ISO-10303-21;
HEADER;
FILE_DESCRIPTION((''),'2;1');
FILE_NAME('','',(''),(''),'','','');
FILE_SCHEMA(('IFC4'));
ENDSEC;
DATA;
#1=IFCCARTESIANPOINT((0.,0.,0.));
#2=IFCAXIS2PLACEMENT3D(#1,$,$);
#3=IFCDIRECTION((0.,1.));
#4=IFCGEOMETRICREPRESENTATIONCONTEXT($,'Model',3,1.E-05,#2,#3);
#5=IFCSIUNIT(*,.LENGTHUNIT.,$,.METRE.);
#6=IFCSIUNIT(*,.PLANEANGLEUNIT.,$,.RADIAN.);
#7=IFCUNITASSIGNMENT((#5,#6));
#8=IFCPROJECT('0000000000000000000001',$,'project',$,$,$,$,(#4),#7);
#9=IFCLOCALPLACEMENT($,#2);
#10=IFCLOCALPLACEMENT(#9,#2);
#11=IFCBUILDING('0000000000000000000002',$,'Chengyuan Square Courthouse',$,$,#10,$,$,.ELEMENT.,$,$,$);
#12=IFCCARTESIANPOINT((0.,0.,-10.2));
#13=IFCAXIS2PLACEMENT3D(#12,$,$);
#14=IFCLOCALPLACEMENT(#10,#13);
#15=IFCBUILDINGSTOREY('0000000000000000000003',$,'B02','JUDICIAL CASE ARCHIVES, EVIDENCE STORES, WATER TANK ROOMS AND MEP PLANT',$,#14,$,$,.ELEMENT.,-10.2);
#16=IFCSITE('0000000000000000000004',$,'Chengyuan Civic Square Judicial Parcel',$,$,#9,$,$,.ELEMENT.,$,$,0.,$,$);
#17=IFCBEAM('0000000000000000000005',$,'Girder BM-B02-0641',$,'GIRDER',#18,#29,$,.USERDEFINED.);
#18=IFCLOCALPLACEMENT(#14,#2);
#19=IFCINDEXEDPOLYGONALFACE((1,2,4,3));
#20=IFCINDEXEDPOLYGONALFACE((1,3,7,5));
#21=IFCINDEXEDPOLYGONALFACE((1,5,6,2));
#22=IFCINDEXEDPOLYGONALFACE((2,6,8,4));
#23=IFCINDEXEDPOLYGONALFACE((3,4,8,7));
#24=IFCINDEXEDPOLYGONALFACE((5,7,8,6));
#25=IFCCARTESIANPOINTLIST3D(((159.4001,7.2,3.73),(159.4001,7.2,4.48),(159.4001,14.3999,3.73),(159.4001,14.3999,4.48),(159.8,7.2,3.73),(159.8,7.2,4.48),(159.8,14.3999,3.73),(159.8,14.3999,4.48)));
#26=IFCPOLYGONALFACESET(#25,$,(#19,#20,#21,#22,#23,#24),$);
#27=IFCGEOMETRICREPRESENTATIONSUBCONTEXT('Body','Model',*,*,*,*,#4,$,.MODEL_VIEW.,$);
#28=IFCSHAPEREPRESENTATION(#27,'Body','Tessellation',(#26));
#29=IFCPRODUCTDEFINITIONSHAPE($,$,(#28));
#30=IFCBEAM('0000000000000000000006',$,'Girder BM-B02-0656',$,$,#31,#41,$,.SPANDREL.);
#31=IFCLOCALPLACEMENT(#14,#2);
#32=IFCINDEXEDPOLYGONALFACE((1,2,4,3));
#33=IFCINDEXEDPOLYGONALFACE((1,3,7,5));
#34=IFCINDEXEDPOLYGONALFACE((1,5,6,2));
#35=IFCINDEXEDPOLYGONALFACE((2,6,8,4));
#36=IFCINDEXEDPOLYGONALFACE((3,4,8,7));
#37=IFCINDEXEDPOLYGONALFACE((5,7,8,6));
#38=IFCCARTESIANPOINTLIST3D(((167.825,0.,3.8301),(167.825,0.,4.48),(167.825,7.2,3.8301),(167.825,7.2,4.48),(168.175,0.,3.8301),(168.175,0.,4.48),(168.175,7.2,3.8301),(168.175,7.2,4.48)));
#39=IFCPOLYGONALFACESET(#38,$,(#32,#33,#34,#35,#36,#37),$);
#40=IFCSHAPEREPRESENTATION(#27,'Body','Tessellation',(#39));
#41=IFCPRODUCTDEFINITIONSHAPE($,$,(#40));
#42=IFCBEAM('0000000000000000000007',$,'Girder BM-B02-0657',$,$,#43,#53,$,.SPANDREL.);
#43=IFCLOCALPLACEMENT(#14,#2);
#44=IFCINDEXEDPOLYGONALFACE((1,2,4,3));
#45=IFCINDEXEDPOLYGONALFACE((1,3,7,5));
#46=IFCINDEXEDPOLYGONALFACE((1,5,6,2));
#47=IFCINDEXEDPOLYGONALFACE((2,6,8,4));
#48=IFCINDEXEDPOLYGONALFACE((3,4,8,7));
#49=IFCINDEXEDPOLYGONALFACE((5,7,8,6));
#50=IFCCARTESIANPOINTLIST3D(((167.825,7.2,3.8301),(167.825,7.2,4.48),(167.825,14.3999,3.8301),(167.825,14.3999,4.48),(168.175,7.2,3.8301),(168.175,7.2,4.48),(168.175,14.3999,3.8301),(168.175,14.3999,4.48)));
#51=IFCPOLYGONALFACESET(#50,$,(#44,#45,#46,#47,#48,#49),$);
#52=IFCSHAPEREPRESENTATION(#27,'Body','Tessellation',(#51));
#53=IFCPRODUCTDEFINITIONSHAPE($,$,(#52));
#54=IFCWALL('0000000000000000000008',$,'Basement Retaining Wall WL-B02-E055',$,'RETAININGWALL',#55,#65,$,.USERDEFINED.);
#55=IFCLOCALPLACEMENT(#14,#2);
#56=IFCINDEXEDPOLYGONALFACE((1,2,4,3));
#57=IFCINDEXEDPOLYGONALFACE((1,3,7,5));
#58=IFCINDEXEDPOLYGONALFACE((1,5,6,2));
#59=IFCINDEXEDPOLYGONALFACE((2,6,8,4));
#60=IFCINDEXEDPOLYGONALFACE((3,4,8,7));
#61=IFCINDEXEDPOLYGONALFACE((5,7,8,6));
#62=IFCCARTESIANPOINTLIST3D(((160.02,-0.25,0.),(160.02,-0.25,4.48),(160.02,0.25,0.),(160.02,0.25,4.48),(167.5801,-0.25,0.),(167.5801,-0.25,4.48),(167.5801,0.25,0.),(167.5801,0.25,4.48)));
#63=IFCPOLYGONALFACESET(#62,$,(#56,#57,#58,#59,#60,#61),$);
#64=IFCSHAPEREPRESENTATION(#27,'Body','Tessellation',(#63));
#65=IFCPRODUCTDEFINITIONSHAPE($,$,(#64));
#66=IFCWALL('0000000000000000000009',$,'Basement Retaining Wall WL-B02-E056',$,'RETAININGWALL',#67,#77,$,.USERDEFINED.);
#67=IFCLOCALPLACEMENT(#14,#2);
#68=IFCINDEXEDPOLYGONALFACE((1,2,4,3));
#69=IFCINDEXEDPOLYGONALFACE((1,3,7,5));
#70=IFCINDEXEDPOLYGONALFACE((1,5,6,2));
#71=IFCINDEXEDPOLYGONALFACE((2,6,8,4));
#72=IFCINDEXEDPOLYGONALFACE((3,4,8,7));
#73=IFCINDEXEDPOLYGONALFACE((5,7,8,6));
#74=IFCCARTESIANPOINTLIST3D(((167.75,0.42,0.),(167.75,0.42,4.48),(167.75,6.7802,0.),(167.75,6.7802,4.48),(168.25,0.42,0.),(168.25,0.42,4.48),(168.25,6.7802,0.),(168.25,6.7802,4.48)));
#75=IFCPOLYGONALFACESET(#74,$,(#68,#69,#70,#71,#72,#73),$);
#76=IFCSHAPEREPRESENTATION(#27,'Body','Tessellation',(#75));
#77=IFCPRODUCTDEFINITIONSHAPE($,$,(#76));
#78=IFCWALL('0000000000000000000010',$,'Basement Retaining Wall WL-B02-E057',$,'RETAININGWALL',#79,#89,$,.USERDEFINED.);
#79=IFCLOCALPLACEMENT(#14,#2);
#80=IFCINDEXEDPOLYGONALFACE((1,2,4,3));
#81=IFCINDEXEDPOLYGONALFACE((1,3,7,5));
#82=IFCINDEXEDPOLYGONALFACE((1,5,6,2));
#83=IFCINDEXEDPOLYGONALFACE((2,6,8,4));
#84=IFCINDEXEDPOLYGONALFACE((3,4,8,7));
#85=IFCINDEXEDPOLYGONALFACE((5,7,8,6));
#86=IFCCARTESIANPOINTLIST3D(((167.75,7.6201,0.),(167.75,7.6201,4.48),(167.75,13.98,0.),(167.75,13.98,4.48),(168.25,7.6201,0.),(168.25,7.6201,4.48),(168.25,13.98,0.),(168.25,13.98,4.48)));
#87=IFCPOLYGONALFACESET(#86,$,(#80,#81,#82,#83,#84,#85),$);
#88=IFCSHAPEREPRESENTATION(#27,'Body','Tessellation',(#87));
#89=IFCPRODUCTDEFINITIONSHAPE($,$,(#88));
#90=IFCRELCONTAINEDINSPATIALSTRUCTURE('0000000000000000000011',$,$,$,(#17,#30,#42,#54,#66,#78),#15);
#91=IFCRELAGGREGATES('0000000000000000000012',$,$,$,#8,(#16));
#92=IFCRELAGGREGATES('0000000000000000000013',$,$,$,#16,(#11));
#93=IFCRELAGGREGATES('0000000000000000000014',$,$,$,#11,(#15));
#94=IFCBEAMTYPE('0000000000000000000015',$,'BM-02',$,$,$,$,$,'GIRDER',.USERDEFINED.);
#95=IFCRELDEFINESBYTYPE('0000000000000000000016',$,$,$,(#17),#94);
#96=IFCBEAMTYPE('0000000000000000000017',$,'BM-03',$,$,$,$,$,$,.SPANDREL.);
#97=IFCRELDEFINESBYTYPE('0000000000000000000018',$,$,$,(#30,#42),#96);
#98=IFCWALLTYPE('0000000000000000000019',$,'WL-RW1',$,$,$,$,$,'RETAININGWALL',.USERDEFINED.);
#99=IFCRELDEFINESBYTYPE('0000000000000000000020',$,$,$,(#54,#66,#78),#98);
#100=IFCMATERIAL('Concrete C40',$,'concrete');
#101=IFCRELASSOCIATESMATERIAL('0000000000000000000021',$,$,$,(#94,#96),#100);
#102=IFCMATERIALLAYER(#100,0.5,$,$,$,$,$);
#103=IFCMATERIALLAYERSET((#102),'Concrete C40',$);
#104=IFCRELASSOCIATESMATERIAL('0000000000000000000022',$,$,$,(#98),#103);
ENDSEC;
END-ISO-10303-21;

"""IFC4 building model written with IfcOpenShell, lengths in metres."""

from ifc_helpers import new_model, si_unit, direction, frame, frame_2d, origin, origin_2d, place, context, subcontext, project, spatial, rectangle, extrude, material, layer, layer_set, material_profile, profile_set, type_object, element, save


model = new_model("IFC4")

# Units and contexts
model_context = context("Model", 3, precision=1e-05, world=origin(), true_north=direction((0.0, 1.0)))
body_context = subcontext(model_context, "Body", "Model", "MODEL_VIEW")
ifc_project = project(units=[si_unit("LENGTHUNIT", "METRE"), si_unit("PLANEANGLEUNIT", "RADIAN")], contexts=[model_context])

# Site, building, storey
site_placement = place(None, origin())
site = spatial("IfcSite", under=ifc_project, at=site_placement, Name="Chengyuan Civic Square Judicial Parcel", CompositionType="ELEMENT", RefElevation=0.0)
building_placement = place(site_placement, origin())
building = spatial("IfcBuilding", under=site, at=building_placement, Name="Chengyuan Square Courthouse", CompositionType="ELEMENT")
storey_placement = place(building_placement, frame((0.0, 0.0, -10.2)))
storey = spatial("IfcBuildingStorey", under=building, at=storey_placement, Name="B02", Description="JUDICIAL CASE ARCHIVES, EVIDENCE STORES, WATER TANK ROOMS AND MEP PLANT", CompositionType="ELEMENT", Elevation=-10.2)

# Shared definitions
ifc_material_1 = material(Name="Concrete C40", Category="concrete")

# Beams
ifc_material_profile_1 = material_profile(ifc_material_1, rectangle(XDim=0.3999, YDim=0.75, at=origin_2d()), Name="RC-BM-400x750")
ifc_profile_set_1 = profile_set([ifc_material_profile_1], Name="Concrete C40")
beam_type_1 = type_object("IfcBeamType", Name="BM-02", ElementType="GIRDER", PredefinedType="USERDEFINED", material=ifc_profile_set_1)
beam_placement = place(storey_placement, frame((159.6001, 7.2, 4.105), z_axis=(0.0, 1.0, 0.0), x_axis=(-1.0, 0.0, 0.0)))
element("IfcBeam", 1, at=beam_placement, inside=storey, type_object=beam_type_1, Name="Girder BM-B02-0641", ObjectType="GIRDER", PredefinedType="USERDEFINED", context=body_context, shape_type="SweptSolid", body=[
    extrude(rectangle(XDim=0.3999, YDim=0.75, at=origin_2d()), origin(), (0.0, 0.0, 1.0), 7.2),
])
ifc_material_profile_2 = material_profile(ifc_material_1, rectangle(XDim=0.3501, YDim=0.6499, at=origin_2d()), Name="RC-BM-350x650")
ifc_profile_set_2 = profile_set([ifc_material_profile_2], Name="Concrete C40")
beam_type_2 = type_object("IfcBeamType", Name="BM-03", PredefinedType="SPANDREL", material=ifc_profile_set_2)
for number, where, z_axis, x_axis, name in (
    (2, (168.0, 0.0, 4.155), (0.0, 1.0, 0.0), (-1.0, 0.0, 0.0), "Girder BM-B02-0656"),
    (3, (168.0, 7.2, 4.155), (0.0, 1.0, 0.0), (-1.0, 0.0, 0.0), "Girder BM-B02-0657"),
):
    element("IfcBeam", number, at=place(storey_placement, frame(where, z_axis=z_axis, x_axis=x_axis)), inside=storey, type_object=beam_type_2, Name=name, PredefinedType="SPANDREL", context=body_context, shape_type="SweptSolid", body=[
        extrude(rectangle(XDim=0.3501, YDim=0.6499, at=origin_2d()), origin(), (0.0, 0.0, 1.0), 7.2),
    ])

# Walls
ifc_layer = layer(ifc_material_1, 0.5)
ifc_layer_set = layer_set([ifc_layer], Name="Concrete C40")
wall_type = type_object("IfcWallType", Name="WL-RW1", ElementType="RETAININGWALL", PredefinedType="USERDEFINED", material=ifc_layer_set)
wall_1_placement = place(storey_placement, frame((160.02, 0.0, 0.0), z_axis=(0.0, 0.0, 1.0), x_axis=(1.0, 0.0, 0.0)))
element("IfcWall", 4, at=wall_1_placement, inside=storey, type_object=wall_type, Name="Basement Retaining Wall WL-B02-E055", ObjectType="RETAININGWALL", PredefinedType="USERDEFINED", context=body_context, shape_type="SweptSolid", body=[
    extrude(rectangle(XDim=7.5601, YDim=0.5, at=frame_2d((3.78, 0.0))), origin(), (0.0, 0.0, 1.0), 4.48),
])
wall_2_placement = place(storey_placement, frame((168.0, 0.4199, 0.0), z_axis=(0.0, 0.0, 1.0), x_axis=(0.0, 1.0, 0.0)))
element("IfcWall", 5, at=wall_2_placement, inside=storey, type_object=wall_type, Name="Basement Retaining Wall WL-B02-E056", ObjectType="RETAININGWALL", PredefinedType="USERDEFINED", context=body_context, shape_type="SweptSolid", body=[
    extrude(rectangle(XDim=6.3601, YDim=0.5, at=frame_2d((3.1802, 0.0))), origin(), (0.0, 0.0, 1.0), 4.48),
])
wall_3_placement = place(storey_placement, frame((168.0, 7.6201, 0.0), z_axis=(0.0, 0.0, 1.0), x_axis=(0.0, 1.0, 0.0)))
element("IfcWall", 6, at=wall_3_placement, inside=storey, type_object=wall_type, Name="Basement Retaining Wall WL-B02-E057", ObjectType="RETAININGWALL", PredefinedType="USERDEFINED", context=body_context, shape_type="SweptSolid", body=[
    extrude(rectangle(XDim=6.3599, YDim=0.5, at=frame_2d((3.1799, 0.0))), origin(), (0.0, 0.0, 1.0), 4.48),
])

save(model, "model.ifc")
